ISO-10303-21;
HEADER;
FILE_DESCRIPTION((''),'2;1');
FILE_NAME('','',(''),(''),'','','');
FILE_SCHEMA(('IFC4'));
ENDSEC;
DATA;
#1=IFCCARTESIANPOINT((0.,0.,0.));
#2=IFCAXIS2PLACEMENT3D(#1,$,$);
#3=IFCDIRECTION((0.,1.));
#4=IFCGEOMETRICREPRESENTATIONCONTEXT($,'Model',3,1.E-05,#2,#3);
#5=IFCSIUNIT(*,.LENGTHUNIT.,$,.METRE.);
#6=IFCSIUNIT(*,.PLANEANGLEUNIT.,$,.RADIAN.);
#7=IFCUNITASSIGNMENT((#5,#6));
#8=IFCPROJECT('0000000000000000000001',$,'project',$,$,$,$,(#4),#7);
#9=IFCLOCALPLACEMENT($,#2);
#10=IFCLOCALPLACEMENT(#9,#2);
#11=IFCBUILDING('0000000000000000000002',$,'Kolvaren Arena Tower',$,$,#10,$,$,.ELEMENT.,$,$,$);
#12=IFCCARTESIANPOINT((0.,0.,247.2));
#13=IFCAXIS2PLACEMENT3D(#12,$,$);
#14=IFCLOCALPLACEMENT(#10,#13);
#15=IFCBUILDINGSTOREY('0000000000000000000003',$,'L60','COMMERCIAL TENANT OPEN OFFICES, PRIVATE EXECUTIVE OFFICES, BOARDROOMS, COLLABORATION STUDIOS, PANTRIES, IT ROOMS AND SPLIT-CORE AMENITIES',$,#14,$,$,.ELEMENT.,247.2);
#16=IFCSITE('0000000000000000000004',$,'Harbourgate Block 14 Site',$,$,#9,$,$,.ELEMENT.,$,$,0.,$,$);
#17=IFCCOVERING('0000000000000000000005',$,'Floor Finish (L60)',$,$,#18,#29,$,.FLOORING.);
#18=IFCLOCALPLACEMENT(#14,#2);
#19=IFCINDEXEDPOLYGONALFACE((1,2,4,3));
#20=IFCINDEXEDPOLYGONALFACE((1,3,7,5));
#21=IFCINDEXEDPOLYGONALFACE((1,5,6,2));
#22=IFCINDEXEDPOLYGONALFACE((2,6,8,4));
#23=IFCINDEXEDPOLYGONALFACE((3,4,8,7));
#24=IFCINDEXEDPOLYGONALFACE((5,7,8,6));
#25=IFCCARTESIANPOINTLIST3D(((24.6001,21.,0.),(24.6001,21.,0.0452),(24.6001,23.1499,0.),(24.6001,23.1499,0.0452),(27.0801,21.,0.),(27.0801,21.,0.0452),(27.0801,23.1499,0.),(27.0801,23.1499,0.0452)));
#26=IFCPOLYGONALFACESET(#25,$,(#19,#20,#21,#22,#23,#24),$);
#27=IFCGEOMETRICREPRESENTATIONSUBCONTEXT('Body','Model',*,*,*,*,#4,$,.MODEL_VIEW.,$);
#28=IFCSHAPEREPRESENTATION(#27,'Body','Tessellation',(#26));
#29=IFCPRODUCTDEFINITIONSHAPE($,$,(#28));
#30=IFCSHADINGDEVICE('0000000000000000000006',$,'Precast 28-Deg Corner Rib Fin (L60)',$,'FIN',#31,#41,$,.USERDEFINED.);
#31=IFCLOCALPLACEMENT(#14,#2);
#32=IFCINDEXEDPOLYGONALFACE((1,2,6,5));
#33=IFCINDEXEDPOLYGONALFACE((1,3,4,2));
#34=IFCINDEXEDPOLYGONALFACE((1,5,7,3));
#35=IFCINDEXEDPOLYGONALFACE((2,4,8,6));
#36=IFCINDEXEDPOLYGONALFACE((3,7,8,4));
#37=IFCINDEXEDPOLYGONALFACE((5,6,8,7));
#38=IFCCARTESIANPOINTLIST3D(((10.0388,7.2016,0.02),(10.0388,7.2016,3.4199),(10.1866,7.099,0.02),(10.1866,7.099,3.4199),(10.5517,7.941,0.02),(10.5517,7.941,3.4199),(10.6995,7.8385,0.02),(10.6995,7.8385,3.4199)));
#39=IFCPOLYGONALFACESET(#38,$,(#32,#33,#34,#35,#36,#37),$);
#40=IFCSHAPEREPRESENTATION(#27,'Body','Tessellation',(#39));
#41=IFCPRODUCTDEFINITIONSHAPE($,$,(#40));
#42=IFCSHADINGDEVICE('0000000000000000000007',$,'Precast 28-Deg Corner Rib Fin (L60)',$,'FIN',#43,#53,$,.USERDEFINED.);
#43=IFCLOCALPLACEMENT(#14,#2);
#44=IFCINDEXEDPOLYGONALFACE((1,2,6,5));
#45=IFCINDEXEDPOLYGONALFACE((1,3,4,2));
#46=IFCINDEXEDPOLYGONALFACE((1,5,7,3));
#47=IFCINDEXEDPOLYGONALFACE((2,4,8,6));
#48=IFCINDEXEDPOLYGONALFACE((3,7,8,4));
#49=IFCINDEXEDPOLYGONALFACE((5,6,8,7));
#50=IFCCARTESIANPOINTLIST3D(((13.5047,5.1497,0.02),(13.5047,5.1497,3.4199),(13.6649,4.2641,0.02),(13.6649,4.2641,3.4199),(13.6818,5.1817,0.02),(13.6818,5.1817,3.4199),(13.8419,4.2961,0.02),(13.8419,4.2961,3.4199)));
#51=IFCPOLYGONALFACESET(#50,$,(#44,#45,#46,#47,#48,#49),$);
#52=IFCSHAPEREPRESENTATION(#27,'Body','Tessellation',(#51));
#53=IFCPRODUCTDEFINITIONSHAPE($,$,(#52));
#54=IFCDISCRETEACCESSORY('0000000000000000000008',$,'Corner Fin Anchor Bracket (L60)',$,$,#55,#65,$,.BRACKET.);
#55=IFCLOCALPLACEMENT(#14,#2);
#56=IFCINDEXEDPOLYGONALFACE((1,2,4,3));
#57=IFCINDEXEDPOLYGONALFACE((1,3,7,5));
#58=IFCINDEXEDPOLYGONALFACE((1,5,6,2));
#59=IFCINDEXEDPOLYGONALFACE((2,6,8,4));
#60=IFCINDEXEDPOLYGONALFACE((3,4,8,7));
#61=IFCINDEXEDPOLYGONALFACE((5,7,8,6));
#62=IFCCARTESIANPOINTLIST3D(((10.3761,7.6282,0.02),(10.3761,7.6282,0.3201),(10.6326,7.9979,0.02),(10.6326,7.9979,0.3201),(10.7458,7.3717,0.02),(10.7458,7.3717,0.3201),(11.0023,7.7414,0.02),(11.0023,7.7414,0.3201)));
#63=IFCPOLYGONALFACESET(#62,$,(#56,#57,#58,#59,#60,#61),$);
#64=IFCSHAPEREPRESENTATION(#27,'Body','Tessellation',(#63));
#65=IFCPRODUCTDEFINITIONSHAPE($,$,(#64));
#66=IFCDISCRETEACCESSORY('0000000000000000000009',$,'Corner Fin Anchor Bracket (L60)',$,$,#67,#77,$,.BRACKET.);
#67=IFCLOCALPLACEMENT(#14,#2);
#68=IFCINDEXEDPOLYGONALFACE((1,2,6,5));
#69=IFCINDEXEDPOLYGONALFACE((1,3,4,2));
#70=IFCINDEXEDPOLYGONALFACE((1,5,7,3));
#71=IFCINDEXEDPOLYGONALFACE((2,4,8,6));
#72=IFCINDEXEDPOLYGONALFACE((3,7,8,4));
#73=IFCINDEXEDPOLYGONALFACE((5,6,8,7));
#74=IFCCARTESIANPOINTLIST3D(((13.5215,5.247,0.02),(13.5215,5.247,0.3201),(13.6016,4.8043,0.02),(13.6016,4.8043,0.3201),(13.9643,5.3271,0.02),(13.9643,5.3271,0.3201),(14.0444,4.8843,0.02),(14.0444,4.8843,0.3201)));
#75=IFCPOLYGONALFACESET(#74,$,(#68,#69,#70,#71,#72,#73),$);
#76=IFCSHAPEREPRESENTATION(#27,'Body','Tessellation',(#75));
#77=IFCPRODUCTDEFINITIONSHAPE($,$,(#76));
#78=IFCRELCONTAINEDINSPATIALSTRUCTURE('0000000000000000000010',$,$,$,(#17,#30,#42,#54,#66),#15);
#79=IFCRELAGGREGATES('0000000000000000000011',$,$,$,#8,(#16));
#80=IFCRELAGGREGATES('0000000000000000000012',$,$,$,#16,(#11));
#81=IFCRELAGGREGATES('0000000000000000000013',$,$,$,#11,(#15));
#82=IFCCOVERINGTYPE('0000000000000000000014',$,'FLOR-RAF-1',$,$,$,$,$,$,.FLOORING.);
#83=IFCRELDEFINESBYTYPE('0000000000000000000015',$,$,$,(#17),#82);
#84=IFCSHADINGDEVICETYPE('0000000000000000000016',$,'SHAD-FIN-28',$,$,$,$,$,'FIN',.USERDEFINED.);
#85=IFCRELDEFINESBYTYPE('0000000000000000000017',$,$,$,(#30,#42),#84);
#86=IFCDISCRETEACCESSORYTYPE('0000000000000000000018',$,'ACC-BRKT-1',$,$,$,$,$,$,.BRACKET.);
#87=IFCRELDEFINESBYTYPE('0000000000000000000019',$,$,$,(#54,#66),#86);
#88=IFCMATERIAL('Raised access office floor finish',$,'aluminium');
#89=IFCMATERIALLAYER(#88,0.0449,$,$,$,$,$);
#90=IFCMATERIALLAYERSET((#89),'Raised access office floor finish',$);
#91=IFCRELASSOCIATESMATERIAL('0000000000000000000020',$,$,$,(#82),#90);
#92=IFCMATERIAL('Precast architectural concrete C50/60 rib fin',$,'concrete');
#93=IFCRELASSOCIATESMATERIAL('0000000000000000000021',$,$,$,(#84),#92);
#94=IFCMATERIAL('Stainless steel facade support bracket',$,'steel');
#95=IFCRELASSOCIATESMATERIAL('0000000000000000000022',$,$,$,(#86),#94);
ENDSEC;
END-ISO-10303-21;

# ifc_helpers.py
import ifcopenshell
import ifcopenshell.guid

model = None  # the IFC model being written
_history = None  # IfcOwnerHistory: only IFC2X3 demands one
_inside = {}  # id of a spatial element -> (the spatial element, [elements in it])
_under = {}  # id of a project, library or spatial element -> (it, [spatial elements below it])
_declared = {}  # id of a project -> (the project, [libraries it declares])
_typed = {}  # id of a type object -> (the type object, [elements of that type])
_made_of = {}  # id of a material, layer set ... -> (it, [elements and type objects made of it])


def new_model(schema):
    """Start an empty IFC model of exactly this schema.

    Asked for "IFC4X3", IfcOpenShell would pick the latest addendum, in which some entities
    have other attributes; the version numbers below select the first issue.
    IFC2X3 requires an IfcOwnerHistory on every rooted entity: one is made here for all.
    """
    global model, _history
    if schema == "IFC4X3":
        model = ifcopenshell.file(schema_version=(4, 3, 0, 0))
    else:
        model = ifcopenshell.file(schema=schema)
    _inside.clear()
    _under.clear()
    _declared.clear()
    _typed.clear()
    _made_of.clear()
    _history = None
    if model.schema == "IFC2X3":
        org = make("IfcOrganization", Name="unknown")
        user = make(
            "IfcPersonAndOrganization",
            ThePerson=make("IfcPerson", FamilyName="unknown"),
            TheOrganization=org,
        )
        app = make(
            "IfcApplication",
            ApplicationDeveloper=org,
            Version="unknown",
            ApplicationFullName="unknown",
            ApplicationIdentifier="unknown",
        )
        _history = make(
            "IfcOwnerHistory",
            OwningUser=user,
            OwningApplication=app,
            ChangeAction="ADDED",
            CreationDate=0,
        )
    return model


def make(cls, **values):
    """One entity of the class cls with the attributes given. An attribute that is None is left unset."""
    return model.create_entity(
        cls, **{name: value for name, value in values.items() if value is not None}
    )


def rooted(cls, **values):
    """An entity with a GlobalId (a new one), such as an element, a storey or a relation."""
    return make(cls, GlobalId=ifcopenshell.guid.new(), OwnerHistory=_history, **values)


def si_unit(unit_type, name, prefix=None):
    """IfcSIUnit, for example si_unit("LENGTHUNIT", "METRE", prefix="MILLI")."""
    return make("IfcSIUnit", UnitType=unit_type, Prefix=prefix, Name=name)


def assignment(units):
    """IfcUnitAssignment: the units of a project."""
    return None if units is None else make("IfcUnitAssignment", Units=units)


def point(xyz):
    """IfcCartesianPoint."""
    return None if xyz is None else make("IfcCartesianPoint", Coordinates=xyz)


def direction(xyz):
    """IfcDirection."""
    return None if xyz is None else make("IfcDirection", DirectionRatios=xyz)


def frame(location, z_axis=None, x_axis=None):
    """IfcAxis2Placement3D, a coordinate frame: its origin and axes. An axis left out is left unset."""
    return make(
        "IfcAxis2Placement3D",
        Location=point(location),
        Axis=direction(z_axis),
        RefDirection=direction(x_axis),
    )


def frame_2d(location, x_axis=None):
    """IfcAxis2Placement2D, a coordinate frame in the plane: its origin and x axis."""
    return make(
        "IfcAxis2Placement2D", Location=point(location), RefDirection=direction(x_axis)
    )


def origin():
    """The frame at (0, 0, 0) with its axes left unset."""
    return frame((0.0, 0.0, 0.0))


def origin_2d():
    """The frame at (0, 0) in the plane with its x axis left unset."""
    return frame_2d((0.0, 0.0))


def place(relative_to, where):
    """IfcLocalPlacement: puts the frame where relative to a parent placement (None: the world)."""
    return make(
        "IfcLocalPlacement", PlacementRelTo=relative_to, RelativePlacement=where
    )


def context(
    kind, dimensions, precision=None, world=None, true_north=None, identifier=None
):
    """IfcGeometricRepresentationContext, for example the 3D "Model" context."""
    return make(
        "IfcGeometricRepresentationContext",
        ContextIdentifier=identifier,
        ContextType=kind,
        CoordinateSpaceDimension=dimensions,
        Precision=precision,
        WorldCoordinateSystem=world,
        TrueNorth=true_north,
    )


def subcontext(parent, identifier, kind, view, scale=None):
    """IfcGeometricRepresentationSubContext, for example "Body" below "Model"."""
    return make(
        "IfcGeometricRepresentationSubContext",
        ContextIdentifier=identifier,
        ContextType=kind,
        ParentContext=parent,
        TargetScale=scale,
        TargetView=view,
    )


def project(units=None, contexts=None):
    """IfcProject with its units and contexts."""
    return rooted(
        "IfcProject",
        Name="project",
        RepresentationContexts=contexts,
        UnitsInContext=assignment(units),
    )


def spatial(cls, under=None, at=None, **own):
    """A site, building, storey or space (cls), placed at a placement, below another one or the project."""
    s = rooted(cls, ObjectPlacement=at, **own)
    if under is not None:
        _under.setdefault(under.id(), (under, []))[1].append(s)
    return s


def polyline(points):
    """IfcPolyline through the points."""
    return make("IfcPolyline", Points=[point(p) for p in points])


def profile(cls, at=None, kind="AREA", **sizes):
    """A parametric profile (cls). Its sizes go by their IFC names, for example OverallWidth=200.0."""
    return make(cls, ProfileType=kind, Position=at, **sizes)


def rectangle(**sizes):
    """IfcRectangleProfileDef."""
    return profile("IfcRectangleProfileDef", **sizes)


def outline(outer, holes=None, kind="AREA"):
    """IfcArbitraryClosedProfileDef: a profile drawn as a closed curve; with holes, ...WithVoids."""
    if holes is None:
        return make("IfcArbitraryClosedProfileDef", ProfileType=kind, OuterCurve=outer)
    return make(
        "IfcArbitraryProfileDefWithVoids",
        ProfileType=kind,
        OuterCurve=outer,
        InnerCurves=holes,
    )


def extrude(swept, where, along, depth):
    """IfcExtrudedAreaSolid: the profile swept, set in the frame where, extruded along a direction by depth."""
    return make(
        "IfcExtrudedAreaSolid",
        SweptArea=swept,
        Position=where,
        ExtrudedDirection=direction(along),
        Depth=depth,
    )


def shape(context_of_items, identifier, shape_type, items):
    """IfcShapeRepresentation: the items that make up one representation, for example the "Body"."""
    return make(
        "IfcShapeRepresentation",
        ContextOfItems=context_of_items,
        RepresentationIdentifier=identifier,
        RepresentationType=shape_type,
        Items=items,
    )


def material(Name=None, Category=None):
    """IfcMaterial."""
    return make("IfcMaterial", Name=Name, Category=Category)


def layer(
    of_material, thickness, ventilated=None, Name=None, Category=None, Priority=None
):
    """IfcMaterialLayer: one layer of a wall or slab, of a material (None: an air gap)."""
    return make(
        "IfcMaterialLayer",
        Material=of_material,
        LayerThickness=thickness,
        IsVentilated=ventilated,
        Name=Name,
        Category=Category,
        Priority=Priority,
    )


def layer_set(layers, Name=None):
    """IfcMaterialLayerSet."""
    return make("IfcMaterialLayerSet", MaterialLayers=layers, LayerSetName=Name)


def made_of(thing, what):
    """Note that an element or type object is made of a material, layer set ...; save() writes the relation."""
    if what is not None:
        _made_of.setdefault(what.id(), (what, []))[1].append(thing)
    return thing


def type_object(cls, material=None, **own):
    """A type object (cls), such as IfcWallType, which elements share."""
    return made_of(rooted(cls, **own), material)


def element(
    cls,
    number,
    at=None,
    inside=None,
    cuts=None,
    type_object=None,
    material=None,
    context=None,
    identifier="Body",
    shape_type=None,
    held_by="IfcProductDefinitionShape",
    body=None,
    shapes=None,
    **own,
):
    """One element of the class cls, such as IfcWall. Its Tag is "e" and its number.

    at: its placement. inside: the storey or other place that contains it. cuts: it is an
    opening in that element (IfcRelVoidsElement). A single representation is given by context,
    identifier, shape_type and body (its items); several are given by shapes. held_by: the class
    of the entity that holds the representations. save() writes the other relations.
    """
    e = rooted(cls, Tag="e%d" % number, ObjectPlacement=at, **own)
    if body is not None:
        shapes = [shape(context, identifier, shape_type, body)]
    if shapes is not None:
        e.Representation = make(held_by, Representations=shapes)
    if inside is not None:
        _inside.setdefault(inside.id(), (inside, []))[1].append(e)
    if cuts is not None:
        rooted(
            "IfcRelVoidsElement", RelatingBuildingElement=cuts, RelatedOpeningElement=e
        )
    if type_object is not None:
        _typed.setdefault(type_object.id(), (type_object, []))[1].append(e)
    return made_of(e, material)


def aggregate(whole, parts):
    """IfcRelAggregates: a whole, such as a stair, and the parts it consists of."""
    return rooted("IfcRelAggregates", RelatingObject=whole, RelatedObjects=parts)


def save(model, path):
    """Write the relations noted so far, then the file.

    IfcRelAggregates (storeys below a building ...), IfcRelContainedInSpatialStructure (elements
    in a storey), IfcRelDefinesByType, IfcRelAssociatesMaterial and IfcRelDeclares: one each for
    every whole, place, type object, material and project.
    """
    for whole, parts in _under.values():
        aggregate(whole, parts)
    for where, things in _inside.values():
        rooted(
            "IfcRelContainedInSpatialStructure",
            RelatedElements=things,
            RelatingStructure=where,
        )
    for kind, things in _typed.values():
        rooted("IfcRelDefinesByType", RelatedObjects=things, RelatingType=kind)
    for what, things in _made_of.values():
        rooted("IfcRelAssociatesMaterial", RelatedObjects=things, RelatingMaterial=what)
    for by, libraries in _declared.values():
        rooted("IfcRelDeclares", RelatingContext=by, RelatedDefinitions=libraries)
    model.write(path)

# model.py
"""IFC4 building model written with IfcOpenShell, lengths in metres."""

from ifc_helpers import new_model, si_unit, direction, frame, origin, origin_2d, place, context, subcontext, project, spatial, polyline, rectangle, outline, extrude, material, layer, layer_set, type_object, element, save


model = new_model("IFC4")

# Units and contexts
model_context = context("Model", 3, precision=1e-05, world=origin(), true_north=direction((0.0, 1.0)))
body_context = subcontext(model_context, "Body", "Model", "MODEL_VIEW")
ifc_project = project(units=[si_unit("LENGTHUNIT", "METRE"), si_unit("PLANEANGLEUNIT", "RADIAN")], contexts=[model_context])

# Site, building, storey
site_placement = place(None, origin())
site = spatial("IfcSite", under=ifc_project, at=site_placement, Name="Harbourgate Block 14 Site", CompositionType="ELEMENT", RefElevation=0.0)
building_placement = place(site_placement, origin())
building = spatial("IfcBuilding", under=site, at=building_placement, Name="Kolvaren Arena Tower", CompositionType="ELEMENT")
storey_placement = place(building_placement, frame((0.0, 0.0, 247.2)))
storey = spatial("IfcBuildingStorey", under=building, at=storey_placement, Name="L60", Description="COMMERCIAL TENANT OPEN OFFICES, PRIVATE EXECUTIVE OFFICES, BOARDROOMS, COLLABORATION STUDIOS, PANTRIES, IT ROOMS AND SPLIT-CORE AMENITIES", CompositionType="ELEMENT", Elevation=247.2)

# Covering
ifc_material_1 = material(Name="Raised access office floor finish", Category="aluminium")
ifc_layer_1 = layer(ifc_material_1, 0.0449)
ifc_layer_set_1 = layer_set([ifc_layer_1], Name="Raised access office floor finish")
covering_type_1 = type_object("IfcCoveringType", Name="FLOR-RAF-1", PredefinedType="FLOORING", material=ifc_layer_set_1)
covering_1_placement = place(storey_placement, origin())
element("IfcCovering", 1, at=covering_1_placement, inside=storey, type_object=covering_type_1, Name="Floor Finish (L60)", PredefinedType="FLOORING", context=body_context, shape_type="SweptSolid", body=[
    extrude(outline(polyline([(24.6001, 21.0), (24.6001, 23.1499), (27.0801, 23.1499), (27.0801, 21.0), (24.6001, 21.0)])), origin(), (0.0, 0.0, 1.0), 0.0452),
])

# Shading devices
ifc_material_2 = material(Name="Precast architectural concrete C50/60 rib fin", Category="concrete")
shading_device_type = type_object("IfcShadingDeviceType", Name="SHAD-FIN-28", ElementType="FIN", PredefinedType="USERDEFINED", material=ifc_material_2)
for number, where, z_axis, x_axis, name in (
    (2, (10.3691, 7.52, 0.02), (0.0, 0.0, 1.0), (-0.569965, -0.821669, 0.0), "Precast 28-Deg Corner Rib Fin (L60)"),
    (3, (13.6733, 4.7229, 0.02), (0.0, 0.0, 1.0), (0.177966, -0.984037, 0.0), "Precast 28-Deg Corner Rib Fin (L60)"),
):
    element("IfcShadingDevice", number, at=place(storey_placement, frame(where, z_axis=z_axis, x_axis=x_axis)), inside=storey, type_object=shading_device_type, Name=name, ObjectType="FIN", PredefinedType="USERDEFINED", context=body_context, shape_type="SweptSolid", body=[
        extrude(rectangle(XDim=0.8999, YDim=0.1799, at=origin_2d()), origin(), (0.0, 0.0, 1.0), 3.3999),
    ])

# Discrete accessories
ifc_material_3 = material(Name="Stainless steel facade support bracket", Category="steel")
discrete_accessory_type = type_object("IfcDiscreteAccessoryType", Name="ACC-BRKT-1", PredefinedType="BRACKET", material=ifc_material_3)
for number, where, z_axis, x_axis, name in (
    (4, (10.6892, 7.6848, 0.02), (0.0, 0.0, 1.0), (-0.569965, -0.821669, 0.0), "Corner Fin Anchor Bracket (L60)"),
    (5, (13.783, 5.0657, 0.02), (0.0, 0.0, 1.0), (0.177966, -0.984037, 0.0), "Corner Fin Anchor Bracket (L60)"),
):
    element("IfcDiscreteAccessory", number, at=place(storey_placement, frame(where, z_axis=z_axis, x_axis=x_axis)), inside=storey, type_object=discrete_accessory_type, Name=name, PredefinedType="BRACKET", context=body_context, shape_type="SweptSolid", body=[
        extrude(rectangle(XDim=0.45, YDim=0.45, at=origin_2d()), origin(), (0.0, 0.0, 1.0), 0.3),
    ])

save(model, "model.ifc")
